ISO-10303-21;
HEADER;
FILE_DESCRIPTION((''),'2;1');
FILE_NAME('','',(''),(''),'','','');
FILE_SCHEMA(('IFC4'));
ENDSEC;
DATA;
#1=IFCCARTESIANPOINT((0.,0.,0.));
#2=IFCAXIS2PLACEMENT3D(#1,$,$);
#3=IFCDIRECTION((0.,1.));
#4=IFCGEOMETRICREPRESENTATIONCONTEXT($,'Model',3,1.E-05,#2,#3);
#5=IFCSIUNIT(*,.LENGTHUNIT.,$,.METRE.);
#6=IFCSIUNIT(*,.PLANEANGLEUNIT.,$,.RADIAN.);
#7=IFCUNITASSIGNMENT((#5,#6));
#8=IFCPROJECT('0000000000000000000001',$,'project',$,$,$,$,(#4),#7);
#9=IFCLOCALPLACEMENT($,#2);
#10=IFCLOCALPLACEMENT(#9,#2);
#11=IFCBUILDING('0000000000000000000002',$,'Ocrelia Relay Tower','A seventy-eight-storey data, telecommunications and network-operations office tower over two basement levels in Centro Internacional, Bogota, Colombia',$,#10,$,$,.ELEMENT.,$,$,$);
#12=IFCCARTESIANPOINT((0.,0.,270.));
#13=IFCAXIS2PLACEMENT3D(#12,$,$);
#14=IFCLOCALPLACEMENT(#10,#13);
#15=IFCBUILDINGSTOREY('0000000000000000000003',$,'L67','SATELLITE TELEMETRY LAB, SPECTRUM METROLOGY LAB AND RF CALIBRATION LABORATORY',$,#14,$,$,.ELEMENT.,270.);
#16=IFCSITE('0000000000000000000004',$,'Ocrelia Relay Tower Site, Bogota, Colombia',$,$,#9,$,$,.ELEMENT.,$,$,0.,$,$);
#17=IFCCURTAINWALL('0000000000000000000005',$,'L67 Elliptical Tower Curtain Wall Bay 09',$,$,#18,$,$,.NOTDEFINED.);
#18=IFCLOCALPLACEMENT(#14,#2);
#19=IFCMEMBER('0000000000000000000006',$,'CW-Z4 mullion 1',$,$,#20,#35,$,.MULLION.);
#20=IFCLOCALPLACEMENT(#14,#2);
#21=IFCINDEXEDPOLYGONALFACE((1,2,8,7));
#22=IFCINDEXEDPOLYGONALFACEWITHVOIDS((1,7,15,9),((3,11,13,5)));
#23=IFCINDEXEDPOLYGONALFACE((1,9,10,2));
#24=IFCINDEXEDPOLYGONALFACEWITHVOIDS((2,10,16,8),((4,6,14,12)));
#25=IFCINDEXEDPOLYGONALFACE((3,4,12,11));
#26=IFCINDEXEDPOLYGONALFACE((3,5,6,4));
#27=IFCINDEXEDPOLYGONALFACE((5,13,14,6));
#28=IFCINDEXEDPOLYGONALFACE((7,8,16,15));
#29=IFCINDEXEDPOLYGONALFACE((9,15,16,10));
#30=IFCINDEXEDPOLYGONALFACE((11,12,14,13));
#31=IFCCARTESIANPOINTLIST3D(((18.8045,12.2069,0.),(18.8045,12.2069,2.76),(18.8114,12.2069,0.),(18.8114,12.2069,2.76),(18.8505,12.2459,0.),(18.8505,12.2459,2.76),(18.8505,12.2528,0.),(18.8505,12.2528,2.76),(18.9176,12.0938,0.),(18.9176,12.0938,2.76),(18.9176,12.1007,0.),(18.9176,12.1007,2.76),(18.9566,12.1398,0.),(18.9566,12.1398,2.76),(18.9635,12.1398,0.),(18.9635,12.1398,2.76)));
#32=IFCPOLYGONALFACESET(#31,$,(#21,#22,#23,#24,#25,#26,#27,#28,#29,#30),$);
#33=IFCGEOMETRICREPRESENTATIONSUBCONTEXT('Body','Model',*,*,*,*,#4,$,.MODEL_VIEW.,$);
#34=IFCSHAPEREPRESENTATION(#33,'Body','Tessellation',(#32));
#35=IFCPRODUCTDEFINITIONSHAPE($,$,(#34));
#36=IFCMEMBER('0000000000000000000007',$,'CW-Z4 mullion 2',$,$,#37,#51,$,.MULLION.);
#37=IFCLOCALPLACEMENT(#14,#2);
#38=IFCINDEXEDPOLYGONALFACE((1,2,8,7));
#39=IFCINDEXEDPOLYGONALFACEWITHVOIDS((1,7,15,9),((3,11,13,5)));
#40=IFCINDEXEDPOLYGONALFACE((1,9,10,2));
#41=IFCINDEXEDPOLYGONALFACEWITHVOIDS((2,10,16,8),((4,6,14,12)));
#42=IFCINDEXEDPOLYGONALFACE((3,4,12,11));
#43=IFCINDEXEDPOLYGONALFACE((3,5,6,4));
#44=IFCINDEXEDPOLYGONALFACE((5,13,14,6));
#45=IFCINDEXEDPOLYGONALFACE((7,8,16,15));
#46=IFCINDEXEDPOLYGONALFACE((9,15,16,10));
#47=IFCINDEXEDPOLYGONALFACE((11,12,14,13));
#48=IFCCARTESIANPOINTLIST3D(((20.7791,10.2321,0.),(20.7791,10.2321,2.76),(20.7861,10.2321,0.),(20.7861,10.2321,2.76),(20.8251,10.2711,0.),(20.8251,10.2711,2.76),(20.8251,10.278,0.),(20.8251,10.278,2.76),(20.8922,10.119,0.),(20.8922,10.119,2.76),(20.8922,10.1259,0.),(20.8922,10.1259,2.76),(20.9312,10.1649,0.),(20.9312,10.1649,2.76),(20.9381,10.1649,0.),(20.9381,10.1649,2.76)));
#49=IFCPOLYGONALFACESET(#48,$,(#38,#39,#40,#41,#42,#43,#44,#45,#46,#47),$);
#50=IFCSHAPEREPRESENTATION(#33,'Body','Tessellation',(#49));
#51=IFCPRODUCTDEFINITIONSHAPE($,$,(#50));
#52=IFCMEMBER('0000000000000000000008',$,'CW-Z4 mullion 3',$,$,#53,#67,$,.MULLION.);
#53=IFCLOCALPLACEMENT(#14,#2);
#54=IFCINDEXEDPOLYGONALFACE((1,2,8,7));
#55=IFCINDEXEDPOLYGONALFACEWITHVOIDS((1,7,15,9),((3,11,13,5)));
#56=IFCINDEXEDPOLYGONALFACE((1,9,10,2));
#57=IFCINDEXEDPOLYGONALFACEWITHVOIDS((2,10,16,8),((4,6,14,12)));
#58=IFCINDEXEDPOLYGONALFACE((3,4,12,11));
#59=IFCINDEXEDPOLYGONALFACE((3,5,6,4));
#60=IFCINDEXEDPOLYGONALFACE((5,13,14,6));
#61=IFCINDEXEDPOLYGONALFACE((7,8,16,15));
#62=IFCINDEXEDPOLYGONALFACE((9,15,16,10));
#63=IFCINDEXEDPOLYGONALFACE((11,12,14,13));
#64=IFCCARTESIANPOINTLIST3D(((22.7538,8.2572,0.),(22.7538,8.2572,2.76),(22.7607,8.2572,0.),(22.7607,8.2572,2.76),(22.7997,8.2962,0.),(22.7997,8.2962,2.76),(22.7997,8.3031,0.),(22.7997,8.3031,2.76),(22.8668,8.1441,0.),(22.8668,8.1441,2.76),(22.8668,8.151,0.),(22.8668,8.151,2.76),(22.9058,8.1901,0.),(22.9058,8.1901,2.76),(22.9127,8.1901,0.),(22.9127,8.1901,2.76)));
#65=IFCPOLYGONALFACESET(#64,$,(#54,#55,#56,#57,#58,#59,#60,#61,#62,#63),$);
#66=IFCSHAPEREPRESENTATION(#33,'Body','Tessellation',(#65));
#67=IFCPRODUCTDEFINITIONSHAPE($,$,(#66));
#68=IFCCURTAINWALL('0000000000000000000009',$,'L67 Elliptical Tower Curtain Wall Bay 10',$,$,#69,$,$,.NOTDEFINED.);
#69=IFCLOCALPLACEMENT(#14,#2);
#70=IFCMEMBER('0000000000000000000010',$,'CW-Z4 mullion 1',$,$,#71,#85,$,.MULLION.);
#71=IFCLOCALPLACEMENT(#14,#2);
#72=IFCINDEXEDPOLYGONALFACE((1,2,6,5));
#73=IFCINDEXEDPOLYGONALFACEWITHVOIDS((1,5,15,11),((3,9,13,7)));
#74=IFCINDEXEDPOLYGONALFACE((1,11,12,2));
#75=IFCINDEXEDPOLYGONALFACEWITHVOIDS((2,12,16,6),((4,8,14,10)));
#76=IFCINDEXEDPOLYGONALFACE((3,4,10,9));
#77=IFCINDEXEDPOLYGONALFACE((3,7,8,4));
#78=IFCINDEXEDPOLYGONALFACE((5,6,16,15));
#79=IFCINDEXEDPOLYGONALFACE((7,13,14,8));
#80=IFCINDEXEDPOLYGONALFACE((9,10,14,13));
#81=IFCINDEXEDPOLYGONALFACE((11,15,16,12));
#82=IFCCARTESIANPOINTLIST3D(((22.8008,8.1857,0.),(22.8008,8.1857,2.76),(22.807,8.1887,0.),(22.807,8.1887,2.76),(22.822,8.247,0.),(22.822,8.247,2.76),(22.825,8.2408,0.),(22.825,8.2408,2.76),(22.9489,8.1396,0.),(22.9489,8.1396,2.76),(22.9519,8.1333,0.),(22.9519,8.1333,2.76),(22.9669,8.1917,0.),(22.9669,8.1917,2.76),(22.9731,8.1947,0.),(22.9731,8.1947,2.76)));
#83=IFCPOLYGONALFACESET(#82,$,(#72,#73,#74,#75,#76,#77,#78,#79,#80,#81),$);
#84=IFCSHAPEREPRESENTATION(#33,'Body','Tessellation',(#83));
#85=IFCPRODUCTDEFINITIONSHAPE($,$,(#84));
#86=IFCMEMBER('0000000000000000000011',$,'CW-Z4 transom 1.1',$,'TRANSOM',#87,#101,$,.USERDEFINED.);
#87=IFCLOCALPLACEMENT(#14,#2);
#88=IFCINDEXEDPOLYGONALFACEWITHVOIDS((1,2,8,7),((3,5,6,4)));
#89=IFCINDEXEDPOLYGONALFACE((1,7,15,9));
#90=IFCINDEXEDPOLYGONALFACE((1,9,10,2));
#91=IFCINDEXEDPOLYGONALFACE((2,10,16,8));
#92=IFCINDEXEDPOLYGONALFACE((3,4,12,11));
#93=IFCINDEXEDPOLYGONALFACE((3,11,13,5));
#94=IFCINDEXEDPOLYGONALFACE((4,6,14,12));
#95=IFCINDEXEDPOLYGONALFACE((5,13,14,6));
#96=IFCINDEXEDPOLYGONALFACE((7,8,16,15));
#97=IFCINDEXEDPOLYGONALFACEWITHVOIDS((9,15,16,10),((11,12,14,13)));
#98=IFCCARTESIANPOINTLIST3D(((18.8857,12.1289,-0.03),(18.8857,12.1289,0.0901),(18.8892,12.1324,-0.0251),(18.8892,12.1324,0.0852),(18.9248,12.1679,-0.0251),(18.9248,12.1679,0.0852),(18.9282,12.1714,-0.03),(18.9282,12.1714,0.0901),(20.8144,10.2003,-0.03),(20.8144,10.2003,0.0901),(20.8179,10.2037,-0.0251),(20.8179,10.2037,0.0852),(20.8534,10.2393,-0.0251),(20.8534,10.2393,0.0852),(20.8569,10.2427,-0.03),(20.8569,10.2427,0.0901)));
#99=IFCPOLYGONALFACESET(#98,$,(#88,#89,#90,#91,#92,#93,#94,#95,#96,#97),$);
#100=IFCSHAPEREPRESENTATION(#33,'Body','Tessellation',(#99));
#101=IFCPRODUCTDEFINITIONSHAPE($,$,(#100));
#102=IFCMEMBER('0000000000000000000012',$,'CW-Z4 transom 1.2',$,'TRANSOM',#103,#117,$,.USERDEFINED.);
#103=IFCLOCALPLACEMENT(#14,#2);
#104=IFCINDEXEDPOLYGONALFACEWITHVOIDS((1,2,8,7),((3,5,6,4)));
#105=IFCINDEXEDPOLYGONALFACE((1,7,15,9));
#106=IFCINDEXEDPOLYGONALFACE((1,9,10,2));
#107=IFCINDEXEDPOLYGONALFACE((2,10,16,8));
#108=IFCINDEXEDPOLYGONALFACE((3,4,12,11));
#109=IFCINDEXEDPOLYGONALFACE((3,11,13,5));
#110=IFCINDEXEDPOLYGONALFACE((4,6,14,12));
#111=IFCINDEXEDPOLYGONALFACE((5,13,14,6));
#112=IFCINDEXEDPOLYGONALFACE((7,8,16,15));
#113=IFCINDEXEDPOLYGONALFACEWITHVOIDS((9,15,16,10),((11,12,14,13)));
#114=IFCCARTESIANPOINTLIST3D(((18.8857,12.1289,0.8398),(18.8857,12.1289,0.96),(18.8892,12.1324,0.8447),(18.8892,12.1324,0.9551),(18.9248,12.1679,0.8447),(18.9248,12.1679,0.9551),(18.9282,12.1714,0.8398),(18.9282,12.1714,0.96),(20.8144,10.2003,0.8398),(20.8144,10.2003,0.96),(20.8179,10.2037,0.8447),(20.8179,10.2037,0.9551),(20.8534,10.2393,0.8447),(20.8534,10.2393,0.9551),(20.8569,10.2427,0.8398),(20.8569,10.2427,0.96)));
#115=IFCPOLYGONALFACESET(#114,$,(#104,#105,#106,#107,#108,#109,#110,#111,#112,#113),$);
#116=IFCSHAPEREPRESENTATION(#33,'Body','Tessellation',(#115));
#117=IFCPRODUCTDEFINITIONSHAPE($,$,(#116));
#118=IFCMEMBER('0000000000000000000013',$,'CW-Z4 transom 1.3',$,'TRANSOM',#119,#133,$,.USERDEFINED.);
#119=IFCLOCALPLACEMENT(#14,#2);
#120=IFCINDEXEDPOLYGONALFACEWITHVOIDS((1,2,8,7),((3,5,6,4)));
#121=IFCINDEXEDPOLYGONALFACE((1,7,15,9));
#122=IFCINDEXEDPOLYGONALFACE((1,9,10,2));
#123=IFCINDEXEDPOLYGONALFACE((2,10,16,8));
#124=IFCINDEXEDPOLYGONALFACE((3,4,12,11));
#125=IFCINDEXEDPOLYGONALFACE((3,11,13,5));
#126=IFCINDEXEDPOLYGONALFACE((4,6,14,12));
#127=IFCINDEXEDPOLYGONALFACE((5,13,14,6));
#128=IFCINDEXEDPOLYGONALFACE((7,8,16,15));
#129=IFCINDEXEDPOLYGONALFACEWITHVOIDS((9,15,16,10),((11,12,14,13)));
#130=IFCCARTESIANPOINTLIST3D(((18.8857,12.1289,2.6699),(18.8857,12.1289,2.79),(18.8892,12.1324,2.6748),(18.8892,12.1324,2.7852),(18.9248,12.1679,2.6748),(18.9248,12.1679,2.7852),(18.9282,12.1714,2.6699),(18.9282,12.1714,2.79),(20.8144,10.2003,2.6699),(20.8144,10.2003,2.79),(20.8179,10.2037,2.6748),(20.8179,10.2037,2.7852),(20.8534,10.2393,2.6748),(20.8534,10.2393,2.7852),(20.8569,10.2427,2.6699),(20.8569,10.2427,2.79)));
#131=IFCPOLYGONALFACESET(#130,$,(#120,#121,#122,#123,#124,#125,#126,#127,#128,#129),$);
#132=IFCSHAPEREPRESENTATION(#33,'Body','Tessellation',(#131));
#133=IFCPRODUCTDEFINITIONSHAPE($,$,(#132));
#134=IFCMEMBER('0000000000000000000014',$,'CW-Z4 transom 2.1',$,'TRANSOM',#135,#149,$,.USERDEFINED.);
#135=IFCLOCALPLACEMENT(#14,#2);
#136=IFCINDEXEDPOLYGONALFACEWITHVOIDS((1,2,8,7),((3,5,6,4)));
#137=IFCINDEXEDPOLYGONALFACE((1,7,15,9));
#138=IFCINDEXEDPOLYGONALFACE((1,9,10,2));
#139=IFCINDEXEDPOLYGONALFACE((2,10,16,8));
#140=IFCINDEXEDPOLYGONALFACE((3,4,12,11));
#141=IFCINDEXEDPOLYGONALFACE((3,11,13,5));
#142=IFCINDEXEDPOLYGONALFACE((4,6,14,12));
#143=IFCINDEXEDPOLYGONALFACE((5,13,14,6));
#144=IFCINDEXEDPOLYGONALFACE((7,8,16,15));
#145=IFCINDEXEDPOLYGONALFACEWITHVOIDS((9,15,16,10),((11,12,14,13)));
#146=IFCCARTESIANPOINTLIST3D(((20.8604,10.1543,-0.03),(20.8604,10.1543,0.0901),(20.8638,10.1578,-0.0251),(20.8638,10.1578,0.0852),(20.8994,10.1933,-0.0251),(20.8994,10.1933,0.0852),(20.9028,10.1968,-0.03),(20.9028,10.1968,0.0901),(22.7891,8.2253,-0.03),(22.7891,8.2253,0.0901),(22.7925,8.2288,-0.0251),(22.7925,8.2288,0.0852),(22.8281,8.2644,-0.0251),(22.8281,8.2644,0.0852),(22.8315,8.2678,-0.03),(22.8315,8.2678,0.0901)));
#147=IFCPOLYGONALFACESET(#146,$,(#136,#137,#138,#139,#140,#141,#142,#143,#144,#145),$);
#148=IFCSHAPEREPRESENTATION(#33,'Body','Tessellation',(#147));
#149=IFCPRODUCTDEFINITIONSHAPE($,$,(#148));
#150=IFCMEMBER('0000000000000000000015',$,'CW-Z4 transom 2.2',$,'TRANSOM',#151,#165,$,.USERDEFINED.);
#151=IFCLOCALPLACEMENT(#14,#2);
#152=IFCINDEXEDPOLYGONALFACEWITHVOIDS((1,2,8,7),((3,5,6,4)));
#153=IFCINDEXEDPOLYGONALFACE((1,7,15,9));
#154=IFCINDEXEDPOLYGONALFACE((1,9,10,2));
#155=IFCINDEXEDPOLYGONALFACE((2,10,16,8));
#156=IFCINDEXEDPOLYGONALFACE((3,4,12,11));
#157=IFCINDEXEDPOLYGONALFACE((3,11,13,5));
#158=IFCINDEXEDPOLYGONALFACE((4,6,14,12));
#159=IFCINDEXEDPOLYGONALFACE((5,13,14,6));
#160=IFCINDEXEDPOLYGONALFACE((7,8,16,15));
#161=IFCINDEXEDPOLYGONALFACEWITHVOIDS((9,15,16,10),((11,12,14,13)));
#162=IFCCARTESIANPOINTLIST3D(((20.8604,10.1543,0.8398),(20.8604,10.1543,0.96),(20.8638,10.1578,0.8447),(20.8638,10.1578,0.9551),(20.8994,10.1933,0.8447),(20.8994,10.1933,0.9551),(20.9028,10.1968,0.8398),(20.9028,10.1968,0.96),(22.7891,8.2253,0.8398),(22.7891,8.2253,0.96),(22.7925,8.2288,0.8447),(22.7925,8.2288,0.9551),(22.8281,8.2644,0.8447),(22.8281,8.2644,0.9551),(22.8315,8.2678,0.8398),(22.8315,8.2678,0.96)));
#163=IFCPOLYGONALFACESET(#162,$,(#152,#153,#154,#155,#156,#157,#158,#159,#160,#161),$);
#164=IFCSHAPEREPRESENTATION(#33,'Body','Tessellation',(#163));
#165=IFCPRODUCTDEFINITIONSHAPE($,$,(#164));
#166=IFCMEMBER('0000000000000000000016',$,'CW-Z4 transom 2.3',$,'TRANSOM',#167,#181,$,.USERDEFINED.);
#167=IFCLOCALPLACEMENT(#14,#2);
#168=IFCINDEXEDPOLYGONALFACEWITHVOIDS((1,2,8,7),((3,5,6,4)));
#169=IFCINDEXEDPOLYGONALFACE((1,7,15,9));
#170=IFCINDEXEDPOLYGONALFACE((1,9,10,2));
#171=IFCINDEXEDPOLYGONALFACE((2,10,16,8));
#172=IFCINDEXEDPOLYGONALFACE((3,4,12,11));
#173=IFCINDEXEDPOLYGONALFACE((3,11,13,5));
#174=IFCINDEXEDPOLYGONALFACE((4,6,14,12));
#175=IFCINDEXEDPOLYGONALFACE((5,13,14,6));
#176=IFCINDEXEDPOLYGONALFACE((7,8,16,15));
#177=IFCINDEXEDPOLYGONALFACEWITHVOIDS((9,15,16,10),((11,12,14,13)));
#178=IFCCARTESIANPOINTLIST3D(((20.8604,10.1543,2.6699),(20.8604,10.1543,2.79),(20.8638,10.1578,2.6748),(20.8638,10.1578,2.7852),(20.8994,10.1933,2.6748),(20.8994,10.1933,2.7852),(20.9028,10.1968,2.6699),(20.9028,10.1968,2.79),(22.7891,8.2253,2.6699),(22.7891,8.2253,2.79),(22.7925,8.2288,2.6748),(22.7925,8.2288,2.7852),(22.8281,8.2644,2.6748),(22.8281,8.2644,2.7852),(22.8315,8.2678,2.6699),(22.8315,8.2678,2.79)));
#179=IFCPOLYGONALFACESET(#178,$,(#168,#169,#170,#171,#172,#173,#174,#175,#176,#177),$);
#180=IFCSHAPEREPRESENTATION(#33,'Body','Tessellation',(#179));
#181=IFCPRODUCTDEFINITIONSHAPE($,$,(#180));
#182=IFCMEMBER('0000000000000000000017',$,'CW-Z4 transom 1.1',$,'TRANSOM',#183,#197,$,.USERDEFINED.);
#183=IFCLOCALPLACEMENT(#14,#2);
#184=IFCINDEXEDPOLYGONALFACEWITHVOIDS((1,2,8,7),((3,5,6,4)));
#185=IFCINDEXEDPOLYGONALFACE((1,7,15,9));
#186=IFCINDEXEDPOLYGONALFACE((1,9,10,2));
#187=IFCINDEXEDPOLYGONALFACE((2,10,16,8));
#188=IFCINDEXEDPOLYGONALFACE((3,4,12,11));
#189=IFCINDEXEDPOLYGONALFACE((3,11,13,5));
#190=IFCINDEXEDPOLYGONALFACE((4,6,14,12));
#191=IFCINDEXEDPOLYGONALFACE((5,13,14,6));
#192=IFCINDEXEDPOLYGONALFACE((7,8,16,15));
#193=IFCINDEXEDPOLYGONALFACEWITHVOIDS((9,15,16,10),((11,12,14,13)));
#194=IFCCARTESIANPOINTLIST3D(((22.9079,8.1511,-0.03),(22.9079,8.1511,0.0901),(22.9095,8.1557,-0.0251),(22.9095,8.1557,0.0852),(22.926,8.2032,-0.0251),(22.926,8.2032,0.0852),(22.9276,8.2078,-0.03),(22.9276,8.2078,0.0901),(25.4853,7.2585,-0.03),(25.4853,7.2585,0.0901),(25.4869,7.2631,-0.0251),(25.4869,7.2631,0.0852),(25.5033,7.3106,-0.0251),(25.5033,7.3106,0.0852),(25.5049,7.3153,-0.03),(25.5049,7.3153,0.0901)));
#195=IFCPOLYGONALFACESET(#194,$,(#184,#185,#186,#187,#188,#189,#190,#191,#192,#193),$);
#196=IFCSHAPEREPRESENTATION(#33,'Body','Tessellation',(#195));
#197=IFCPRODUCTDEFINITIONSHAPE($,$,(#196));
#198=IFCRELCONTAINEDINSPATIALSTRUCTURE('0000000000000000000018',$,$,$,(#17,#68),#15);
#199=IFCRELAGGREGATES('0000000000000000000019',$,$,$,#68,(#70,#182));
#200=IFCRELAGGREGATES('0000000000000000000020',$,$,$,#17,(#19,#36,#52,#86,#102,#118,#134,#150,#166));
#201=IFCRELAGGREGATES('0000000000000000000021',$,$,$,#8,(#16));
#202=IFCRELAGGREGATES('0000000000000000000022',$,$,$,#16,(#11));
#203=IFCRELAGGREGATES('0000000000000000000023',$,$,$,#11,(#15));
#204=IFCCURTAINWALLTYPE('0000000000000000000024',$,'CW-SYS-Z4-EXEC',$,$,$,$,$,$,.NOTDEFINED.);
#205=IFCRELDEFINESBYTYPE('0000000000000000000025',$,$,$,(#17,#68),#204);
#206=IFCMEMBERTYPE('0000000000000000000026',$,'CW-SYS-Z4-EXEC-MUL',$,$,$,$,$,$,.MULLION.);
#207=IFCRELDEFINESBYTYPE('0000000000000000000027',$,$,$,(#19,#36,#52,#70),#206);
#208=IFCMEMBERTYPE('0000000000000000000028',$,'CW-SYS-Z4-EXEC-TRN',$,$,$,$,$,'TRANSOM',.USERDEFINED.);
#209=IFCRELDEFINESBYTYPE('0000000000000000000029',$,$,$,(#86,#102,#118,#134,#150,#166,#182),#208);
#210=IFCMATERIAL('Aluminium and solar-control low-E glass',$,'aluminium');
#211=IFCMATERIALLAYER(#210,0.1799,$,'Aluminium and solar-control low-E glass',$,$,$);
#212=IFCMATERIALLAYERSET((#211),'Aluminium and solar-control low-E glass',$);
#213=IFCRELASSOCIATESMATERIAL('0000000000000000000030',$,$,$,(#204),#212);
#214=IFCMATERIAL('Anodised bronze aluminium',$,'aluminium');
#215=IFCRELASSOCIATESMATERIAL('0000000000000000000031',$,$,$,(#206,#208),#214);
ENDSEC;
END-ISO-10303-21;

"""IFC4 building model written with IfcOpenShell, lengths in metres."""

from ifc_helpers import new_model, si_unit, direction, frame, origin, origin_2d, place, context, subcontext, project, spatial, hollow_rectangle, extrude, material, layer, layer_set, material_profile, profile_set, type_object, element, aggregate, save


model = new_model("IFC4")

# Units and contexts
model_context = context("Model", 3, precision=1e-05, world=origin(), true_north=direction((0.0, 1.0)))
body_context = subcontext(model_context, "Body", "Model", "MODEL_VIEW")
ifc_project = project(units=[si_unit("LENGTHUNIT", "METRE"), si_unit("PLANEANGLEUNIT", "RADIAN")], contexts=[model_context])

# Site, building, storey
site_placement = place(None, origin())
site = spatial("IfcSite", under=ifc_project, at=site_placement, Name="Ocrelia Relay Tower Site, Bogota, Colombia", CompositionType="ELEMENT", RefElevation=0.0)
building_placement = place(site_placement, origin())
building = spatial("IfcBuilding", under=site, at=building_placement, Name="Ocrelia Relay Tower", Description="A seventy-eight-storey data, telecommunications and network-operations office tower over two basement levels in Centro Internacional, Bogota, Colombia", CompositionType="ELEMENT")
storey_placement = place(building_placement, frame((0.0, 0.0, 270.0)))
storey = spatial("IfcBuildingStorey", under=building, at=storey_placement, Name="L67", Description="SATELLITE TELEMETRY LAB, SPECTRUM METROLOGY LAB AND RF CALIBRATION LABORATORY", CompositionType="ELEMENT", Elevation=270.0)

# Curtain wall, members
ifc_material_1 = material(Name="Aluminium and solar-control low-E glass", Category="aluminium")
ifc_layer_1 = layer(ifc_material_1, 0.1799, Name="Aluminium and solar-control low-E glass")
ifc_layer_set_1 = layer_set([ifc_layer_1], Name="Aluminium and solar-control low-E glass")
curtain_wall_type = type_object("IfcCurtainWallType", Name="CW-SYS-Z4-EXEC", PredefinedType="NOTDEFINED", material=ifc_layer_set_1)
curtain_wall_1_placement = place(storey_placement, origin())
curtain_wall_1 = element("IfcCurtainWall", 1, at=curtain_wall_1_placement, inside=storey, type_object=curtain_wall_type, Name="L67 Elliptical Tower Curtain Wall Bay 09", PredefinedType="NOTDEFINED")
ifc_material_2 = material(Name="Anodised bronze aluminium", Category="aluminium")
ifc_material_profile_1 = material_profile(ifc_material_2, hollow_rectangle(XDim=0.0649, YDim=0.1599, WallThickness=0.0049, at=origin_2d()), Name="CW-MUL-160x65")
ifc_profile_set_1 = profile_set([ifc_material_profile_1], Name="Anodised bronze aluminium")
member_type_1 = type_object("IfcMemberType", Name="CW-SYS-Z4-EXEC-MUL", PredefinedType="MULLION", material=ifc_profile_set_1)
member_1_placement = place(storey_placement, frame((18.884, 12.1733, 0.0), z_axis=(0.0, 0.0, 1.0), x_axis=(0.707133, 0.70708, 0.0)))
member_1 = element("IfcMember", 2, at=member_1_placement, type_object=member_type_1, Name="CW-Z4 mullion 1", PredefinedType="MULLION", context=body_context, shape_type="SweptSolid", body=[
    extrude(hollow_rectangle(XDim=0.0649, YDim=0.1599, WallThickness=0.0049, at=origin_2d()), origin(), (0.0, 0.0, 1.0), 2.76),
])
member_2_placement = place(storey_placement, frame((20.8586, 10.1985, 0.0), z_axis=(0.0, 0.0, 1.0), x_axis=(0.707133, 0.70708, 0.0)))
member_2 = element("IfcMember", 3, at=member_2_placement, type_object=member_type_1, Name="CW-Z4 mullion 2", PredefinedType="MULLION", context=body_context, shape_type="SweptSolid", body=[
    extrude(hollow_rectangle(XDim=0.0649, YDim=0.1599, WallThickness=0.0049, at=origin_2d()), origin(), (0.0, 0.0, 1.0), 2.76),
])
member_3_placement = place(storey_placement, frame((22.8333, 8.2236, 0.0), z_axis=(0.0, 0.0, 1.0), x_axis=(0.707133, 0.70708, 0.0)))
member_3 = element("IfcMember", 4, at=member_3_placement, type_object=member_type_1, Name="CW-Z4 mullion 3", PredefinedType="MULLION", context=body_context, shape_type="SweptSolid", body=[
    extrude(hollow_rectangle(XDim=0.0649, YDim=0.1599, WallThickness=0.0049, at=origin_2d()), origin(), (0.0, 0.0, 1.0), 2.76),
])

# Curtain wall, member
curtain_wall_2_placement = place(storey_placement, origin())
curtain_wall_2 = element("IfcCurtainWall", 5, at=curtain_wall_2_placement, inside=storey, type_object=curtain_wall_type, Name="L67 Elliptical Tower Curtain Wall Bay 10", PredefinedType="NOTDEFINED")
member_4_placement = place(storey_placement, frame((22.887, 8.1902, 0.0), z_axis=(0.0, 0.0, 1.0), x_axis=(0.327187, 0.94496, 0.0)))
member_4 = element("IfcMember", 6, at=member_4_placement, type_object=member_type_1, Name="CW-Z4 mullion 1", PredefinedType="MULLION", context=body_context, shape_type="SweptSolid", body=[
    extrude(hollow_rectangle(XDim=0.0649, YDim=0.1599, WallThickness=0.0049, at=origin_2d()), origin(), (0.0, 0.0, 1.0), 2.76),
])

# Members
ifc_material_profile_2 = material_profile(ifc_material_2, hollow_rectangle(XDim=0.0601, YDim=0.1201, WallThickness=0.0049, at=origin_2d()), Name="CW-TRN-120x60")
ifc_profile_set_2 = profile_set([ifc_material_profile_2], Name="Anodised bronze aluminium")
member_type_2 = type_object("IfcMemberType", Name="CW-SYS-Z4-EXEC-TRN", ElementType="TRANSOM", PredefinedType="USERDEFINED", material=ifc_profile_set_2)
member_5_placement = place(storey_placement, frame((18.907, 12.1501, 0.03), z_axis=(0.707107, -0.707107, 0.0), x_axis=(0.707107, 0.707107, 0.0)))
member_5 = element("IfcMember", 7, at=member_5_placement, type_object=member_type_2, Name="CW-Z4 transom 1.1", ObjectType="TRANSOM", PredefinedType="USERDEFINED", context=body_context, shape_type="SweptSolid", body=[
    extrude(hollow_rectangle(XDim=0.0601, YDim=0.1201, WallThickness=0.0049, at=origin_2d()), origin(), (0.0, 0.0, 1.0), 2.7275),
])
member_6_placement = place(storey_placement, frame((18.907, 12.1501, 0.8999), z_axis=(0.707107, -0.707107, 0.0), x_axis=(0.707107, 0.707107, 0.0)))
member_6 = element("IfcMember", 8, at=member_6_placement, type_object=member_type_2, Name="CW-Z4 transom 1.2", ObjectType="TRANSOM", PredefinedType="USERDEFINED", context=body_context, shape_type="SweptSolid", body=[
    extrude(hollow_rectangle(XDim=0.0601, YDim=0.1201, WallThickness=0.0049, at=origin_2d()), origin(), (0.0, 0.0, 1.0), 2.7275),
])
member_7_placement = place(storey_placement, frame((18.907, 12.1501, 2.73), z_axis=(0.707107, -0.707107, 0.0), x_axis=(0.707107, 0.707107, 0.0)))
member_7 = element("IfcMember", 9, at=member_7_placement, type_object=member_type_2, Name="CW-Z4 transom 1.3", ObjectType="TRANSOM", PredefinedType="USERDEFINED", context=body_context, shape_type="SweptSolid", body=[
    extrude(hollow_rectangle(XDim=0.0601, YDim=0.1201, WallThickness=0.0049, at=origin_2d()), origin(), (0.0, 0.0, 1.0), 2.7275),
])
member_8_placement = place(storey_placement, frame((20.8816, 10.1755, 0.03), z_axis=(0.707062, -0.707152, 0.0), x_axis=(0.707152, 0.707062, 0.0)))
member_8 = element("IfcMember", 10, at=member_8_placement, type_object=member_type_2, Name="CW-Z4 transom 2.1", ObjectType="TRANSOM", PredefinedType="USERDEFINED", context=body_context, shape_type="SweptSolid", body=[
    extrude(hollow_rectangle(XDim=0.0601, YDim=0.1201, WallThickness=0.0049, at=origin_2d()), origin(), (0.0, 0.0, 1.0), 2.7278),
])
member_9_placement = place(storey_placement, frame((20.8816, 10.1755, 0.8999), z_axis=(0.707062, -0.707152, 0.0), x_axis=(0.707152, 0.707062, 0.0)))
member_9 = element("IfcMember", 11, at=member_9_placement, type_object=member_type_2, Name="CW-Z4 transom 2.2", ObjectType="TRANSOM", PredefinedType="USERDEFINED", context=body_context, shape_type="SweptSolid", body=[
    extrude(hollow_rectangle(XDim=0.0601, YDim=0.1201, WallThickness=0.0049, at=origin_2d()), origin(), (0.0, 0.0, 1.0), 2.7278),
])
member_10_placement = place(storey_placement, frame((20.8816, 10.1755, 2.73), z_axis=(0.707062, -0.707152, 0.0), x_axis=(0.707152, 0.707062, 0.0)))
member_10 = element("IfcMember", 12, at=member_10_placement, type_object=member_type_2, Name="CW-Z4 transom 2.3", ObjectType="TRANSOM", PredefinedType="USERDEFINED", context=body_context, shape_type="SweptSolid", body=[
    extrude(hollow_rectangle(XDim=0.0601, YDim=0.1201, WallThickness=0.0049, at=origin_2d()), origin(), (0.0, 0.0, 1.0), 2.7278),
])
member_11_placement = place(storey_placement, frame((22.9177, 8.1794, 0.03), z_axis=(0.94494, -0.327243, 0.0), x_axis=(0.327243, 0.94494, 0.0)))
member_11 = element("IfcMember", 13, at=member_11_placement, type_object=member_type_2, Name="CW-Z4 transom 1.1", ObjectType="TRANSOM", PredefinedType="USERDEFINED", context=body_context, shape_type="SweptSolid", body=[
    extrude(hollow_rectangle(XDim=0.0601, YDim=0.1201, WallThickness=0.0049, at=origin_2d()), origin(), (0.0, 0.0, 1.0), 2.7275),
])
aggregate(curtain_wall_2, [member_4, member_11])

aggregate(curtain_wall_1, [member_1, member_2, member_3, member_5, member_6, member_7, member_8, member_9, member_10])

save(model, "model.ifc")
